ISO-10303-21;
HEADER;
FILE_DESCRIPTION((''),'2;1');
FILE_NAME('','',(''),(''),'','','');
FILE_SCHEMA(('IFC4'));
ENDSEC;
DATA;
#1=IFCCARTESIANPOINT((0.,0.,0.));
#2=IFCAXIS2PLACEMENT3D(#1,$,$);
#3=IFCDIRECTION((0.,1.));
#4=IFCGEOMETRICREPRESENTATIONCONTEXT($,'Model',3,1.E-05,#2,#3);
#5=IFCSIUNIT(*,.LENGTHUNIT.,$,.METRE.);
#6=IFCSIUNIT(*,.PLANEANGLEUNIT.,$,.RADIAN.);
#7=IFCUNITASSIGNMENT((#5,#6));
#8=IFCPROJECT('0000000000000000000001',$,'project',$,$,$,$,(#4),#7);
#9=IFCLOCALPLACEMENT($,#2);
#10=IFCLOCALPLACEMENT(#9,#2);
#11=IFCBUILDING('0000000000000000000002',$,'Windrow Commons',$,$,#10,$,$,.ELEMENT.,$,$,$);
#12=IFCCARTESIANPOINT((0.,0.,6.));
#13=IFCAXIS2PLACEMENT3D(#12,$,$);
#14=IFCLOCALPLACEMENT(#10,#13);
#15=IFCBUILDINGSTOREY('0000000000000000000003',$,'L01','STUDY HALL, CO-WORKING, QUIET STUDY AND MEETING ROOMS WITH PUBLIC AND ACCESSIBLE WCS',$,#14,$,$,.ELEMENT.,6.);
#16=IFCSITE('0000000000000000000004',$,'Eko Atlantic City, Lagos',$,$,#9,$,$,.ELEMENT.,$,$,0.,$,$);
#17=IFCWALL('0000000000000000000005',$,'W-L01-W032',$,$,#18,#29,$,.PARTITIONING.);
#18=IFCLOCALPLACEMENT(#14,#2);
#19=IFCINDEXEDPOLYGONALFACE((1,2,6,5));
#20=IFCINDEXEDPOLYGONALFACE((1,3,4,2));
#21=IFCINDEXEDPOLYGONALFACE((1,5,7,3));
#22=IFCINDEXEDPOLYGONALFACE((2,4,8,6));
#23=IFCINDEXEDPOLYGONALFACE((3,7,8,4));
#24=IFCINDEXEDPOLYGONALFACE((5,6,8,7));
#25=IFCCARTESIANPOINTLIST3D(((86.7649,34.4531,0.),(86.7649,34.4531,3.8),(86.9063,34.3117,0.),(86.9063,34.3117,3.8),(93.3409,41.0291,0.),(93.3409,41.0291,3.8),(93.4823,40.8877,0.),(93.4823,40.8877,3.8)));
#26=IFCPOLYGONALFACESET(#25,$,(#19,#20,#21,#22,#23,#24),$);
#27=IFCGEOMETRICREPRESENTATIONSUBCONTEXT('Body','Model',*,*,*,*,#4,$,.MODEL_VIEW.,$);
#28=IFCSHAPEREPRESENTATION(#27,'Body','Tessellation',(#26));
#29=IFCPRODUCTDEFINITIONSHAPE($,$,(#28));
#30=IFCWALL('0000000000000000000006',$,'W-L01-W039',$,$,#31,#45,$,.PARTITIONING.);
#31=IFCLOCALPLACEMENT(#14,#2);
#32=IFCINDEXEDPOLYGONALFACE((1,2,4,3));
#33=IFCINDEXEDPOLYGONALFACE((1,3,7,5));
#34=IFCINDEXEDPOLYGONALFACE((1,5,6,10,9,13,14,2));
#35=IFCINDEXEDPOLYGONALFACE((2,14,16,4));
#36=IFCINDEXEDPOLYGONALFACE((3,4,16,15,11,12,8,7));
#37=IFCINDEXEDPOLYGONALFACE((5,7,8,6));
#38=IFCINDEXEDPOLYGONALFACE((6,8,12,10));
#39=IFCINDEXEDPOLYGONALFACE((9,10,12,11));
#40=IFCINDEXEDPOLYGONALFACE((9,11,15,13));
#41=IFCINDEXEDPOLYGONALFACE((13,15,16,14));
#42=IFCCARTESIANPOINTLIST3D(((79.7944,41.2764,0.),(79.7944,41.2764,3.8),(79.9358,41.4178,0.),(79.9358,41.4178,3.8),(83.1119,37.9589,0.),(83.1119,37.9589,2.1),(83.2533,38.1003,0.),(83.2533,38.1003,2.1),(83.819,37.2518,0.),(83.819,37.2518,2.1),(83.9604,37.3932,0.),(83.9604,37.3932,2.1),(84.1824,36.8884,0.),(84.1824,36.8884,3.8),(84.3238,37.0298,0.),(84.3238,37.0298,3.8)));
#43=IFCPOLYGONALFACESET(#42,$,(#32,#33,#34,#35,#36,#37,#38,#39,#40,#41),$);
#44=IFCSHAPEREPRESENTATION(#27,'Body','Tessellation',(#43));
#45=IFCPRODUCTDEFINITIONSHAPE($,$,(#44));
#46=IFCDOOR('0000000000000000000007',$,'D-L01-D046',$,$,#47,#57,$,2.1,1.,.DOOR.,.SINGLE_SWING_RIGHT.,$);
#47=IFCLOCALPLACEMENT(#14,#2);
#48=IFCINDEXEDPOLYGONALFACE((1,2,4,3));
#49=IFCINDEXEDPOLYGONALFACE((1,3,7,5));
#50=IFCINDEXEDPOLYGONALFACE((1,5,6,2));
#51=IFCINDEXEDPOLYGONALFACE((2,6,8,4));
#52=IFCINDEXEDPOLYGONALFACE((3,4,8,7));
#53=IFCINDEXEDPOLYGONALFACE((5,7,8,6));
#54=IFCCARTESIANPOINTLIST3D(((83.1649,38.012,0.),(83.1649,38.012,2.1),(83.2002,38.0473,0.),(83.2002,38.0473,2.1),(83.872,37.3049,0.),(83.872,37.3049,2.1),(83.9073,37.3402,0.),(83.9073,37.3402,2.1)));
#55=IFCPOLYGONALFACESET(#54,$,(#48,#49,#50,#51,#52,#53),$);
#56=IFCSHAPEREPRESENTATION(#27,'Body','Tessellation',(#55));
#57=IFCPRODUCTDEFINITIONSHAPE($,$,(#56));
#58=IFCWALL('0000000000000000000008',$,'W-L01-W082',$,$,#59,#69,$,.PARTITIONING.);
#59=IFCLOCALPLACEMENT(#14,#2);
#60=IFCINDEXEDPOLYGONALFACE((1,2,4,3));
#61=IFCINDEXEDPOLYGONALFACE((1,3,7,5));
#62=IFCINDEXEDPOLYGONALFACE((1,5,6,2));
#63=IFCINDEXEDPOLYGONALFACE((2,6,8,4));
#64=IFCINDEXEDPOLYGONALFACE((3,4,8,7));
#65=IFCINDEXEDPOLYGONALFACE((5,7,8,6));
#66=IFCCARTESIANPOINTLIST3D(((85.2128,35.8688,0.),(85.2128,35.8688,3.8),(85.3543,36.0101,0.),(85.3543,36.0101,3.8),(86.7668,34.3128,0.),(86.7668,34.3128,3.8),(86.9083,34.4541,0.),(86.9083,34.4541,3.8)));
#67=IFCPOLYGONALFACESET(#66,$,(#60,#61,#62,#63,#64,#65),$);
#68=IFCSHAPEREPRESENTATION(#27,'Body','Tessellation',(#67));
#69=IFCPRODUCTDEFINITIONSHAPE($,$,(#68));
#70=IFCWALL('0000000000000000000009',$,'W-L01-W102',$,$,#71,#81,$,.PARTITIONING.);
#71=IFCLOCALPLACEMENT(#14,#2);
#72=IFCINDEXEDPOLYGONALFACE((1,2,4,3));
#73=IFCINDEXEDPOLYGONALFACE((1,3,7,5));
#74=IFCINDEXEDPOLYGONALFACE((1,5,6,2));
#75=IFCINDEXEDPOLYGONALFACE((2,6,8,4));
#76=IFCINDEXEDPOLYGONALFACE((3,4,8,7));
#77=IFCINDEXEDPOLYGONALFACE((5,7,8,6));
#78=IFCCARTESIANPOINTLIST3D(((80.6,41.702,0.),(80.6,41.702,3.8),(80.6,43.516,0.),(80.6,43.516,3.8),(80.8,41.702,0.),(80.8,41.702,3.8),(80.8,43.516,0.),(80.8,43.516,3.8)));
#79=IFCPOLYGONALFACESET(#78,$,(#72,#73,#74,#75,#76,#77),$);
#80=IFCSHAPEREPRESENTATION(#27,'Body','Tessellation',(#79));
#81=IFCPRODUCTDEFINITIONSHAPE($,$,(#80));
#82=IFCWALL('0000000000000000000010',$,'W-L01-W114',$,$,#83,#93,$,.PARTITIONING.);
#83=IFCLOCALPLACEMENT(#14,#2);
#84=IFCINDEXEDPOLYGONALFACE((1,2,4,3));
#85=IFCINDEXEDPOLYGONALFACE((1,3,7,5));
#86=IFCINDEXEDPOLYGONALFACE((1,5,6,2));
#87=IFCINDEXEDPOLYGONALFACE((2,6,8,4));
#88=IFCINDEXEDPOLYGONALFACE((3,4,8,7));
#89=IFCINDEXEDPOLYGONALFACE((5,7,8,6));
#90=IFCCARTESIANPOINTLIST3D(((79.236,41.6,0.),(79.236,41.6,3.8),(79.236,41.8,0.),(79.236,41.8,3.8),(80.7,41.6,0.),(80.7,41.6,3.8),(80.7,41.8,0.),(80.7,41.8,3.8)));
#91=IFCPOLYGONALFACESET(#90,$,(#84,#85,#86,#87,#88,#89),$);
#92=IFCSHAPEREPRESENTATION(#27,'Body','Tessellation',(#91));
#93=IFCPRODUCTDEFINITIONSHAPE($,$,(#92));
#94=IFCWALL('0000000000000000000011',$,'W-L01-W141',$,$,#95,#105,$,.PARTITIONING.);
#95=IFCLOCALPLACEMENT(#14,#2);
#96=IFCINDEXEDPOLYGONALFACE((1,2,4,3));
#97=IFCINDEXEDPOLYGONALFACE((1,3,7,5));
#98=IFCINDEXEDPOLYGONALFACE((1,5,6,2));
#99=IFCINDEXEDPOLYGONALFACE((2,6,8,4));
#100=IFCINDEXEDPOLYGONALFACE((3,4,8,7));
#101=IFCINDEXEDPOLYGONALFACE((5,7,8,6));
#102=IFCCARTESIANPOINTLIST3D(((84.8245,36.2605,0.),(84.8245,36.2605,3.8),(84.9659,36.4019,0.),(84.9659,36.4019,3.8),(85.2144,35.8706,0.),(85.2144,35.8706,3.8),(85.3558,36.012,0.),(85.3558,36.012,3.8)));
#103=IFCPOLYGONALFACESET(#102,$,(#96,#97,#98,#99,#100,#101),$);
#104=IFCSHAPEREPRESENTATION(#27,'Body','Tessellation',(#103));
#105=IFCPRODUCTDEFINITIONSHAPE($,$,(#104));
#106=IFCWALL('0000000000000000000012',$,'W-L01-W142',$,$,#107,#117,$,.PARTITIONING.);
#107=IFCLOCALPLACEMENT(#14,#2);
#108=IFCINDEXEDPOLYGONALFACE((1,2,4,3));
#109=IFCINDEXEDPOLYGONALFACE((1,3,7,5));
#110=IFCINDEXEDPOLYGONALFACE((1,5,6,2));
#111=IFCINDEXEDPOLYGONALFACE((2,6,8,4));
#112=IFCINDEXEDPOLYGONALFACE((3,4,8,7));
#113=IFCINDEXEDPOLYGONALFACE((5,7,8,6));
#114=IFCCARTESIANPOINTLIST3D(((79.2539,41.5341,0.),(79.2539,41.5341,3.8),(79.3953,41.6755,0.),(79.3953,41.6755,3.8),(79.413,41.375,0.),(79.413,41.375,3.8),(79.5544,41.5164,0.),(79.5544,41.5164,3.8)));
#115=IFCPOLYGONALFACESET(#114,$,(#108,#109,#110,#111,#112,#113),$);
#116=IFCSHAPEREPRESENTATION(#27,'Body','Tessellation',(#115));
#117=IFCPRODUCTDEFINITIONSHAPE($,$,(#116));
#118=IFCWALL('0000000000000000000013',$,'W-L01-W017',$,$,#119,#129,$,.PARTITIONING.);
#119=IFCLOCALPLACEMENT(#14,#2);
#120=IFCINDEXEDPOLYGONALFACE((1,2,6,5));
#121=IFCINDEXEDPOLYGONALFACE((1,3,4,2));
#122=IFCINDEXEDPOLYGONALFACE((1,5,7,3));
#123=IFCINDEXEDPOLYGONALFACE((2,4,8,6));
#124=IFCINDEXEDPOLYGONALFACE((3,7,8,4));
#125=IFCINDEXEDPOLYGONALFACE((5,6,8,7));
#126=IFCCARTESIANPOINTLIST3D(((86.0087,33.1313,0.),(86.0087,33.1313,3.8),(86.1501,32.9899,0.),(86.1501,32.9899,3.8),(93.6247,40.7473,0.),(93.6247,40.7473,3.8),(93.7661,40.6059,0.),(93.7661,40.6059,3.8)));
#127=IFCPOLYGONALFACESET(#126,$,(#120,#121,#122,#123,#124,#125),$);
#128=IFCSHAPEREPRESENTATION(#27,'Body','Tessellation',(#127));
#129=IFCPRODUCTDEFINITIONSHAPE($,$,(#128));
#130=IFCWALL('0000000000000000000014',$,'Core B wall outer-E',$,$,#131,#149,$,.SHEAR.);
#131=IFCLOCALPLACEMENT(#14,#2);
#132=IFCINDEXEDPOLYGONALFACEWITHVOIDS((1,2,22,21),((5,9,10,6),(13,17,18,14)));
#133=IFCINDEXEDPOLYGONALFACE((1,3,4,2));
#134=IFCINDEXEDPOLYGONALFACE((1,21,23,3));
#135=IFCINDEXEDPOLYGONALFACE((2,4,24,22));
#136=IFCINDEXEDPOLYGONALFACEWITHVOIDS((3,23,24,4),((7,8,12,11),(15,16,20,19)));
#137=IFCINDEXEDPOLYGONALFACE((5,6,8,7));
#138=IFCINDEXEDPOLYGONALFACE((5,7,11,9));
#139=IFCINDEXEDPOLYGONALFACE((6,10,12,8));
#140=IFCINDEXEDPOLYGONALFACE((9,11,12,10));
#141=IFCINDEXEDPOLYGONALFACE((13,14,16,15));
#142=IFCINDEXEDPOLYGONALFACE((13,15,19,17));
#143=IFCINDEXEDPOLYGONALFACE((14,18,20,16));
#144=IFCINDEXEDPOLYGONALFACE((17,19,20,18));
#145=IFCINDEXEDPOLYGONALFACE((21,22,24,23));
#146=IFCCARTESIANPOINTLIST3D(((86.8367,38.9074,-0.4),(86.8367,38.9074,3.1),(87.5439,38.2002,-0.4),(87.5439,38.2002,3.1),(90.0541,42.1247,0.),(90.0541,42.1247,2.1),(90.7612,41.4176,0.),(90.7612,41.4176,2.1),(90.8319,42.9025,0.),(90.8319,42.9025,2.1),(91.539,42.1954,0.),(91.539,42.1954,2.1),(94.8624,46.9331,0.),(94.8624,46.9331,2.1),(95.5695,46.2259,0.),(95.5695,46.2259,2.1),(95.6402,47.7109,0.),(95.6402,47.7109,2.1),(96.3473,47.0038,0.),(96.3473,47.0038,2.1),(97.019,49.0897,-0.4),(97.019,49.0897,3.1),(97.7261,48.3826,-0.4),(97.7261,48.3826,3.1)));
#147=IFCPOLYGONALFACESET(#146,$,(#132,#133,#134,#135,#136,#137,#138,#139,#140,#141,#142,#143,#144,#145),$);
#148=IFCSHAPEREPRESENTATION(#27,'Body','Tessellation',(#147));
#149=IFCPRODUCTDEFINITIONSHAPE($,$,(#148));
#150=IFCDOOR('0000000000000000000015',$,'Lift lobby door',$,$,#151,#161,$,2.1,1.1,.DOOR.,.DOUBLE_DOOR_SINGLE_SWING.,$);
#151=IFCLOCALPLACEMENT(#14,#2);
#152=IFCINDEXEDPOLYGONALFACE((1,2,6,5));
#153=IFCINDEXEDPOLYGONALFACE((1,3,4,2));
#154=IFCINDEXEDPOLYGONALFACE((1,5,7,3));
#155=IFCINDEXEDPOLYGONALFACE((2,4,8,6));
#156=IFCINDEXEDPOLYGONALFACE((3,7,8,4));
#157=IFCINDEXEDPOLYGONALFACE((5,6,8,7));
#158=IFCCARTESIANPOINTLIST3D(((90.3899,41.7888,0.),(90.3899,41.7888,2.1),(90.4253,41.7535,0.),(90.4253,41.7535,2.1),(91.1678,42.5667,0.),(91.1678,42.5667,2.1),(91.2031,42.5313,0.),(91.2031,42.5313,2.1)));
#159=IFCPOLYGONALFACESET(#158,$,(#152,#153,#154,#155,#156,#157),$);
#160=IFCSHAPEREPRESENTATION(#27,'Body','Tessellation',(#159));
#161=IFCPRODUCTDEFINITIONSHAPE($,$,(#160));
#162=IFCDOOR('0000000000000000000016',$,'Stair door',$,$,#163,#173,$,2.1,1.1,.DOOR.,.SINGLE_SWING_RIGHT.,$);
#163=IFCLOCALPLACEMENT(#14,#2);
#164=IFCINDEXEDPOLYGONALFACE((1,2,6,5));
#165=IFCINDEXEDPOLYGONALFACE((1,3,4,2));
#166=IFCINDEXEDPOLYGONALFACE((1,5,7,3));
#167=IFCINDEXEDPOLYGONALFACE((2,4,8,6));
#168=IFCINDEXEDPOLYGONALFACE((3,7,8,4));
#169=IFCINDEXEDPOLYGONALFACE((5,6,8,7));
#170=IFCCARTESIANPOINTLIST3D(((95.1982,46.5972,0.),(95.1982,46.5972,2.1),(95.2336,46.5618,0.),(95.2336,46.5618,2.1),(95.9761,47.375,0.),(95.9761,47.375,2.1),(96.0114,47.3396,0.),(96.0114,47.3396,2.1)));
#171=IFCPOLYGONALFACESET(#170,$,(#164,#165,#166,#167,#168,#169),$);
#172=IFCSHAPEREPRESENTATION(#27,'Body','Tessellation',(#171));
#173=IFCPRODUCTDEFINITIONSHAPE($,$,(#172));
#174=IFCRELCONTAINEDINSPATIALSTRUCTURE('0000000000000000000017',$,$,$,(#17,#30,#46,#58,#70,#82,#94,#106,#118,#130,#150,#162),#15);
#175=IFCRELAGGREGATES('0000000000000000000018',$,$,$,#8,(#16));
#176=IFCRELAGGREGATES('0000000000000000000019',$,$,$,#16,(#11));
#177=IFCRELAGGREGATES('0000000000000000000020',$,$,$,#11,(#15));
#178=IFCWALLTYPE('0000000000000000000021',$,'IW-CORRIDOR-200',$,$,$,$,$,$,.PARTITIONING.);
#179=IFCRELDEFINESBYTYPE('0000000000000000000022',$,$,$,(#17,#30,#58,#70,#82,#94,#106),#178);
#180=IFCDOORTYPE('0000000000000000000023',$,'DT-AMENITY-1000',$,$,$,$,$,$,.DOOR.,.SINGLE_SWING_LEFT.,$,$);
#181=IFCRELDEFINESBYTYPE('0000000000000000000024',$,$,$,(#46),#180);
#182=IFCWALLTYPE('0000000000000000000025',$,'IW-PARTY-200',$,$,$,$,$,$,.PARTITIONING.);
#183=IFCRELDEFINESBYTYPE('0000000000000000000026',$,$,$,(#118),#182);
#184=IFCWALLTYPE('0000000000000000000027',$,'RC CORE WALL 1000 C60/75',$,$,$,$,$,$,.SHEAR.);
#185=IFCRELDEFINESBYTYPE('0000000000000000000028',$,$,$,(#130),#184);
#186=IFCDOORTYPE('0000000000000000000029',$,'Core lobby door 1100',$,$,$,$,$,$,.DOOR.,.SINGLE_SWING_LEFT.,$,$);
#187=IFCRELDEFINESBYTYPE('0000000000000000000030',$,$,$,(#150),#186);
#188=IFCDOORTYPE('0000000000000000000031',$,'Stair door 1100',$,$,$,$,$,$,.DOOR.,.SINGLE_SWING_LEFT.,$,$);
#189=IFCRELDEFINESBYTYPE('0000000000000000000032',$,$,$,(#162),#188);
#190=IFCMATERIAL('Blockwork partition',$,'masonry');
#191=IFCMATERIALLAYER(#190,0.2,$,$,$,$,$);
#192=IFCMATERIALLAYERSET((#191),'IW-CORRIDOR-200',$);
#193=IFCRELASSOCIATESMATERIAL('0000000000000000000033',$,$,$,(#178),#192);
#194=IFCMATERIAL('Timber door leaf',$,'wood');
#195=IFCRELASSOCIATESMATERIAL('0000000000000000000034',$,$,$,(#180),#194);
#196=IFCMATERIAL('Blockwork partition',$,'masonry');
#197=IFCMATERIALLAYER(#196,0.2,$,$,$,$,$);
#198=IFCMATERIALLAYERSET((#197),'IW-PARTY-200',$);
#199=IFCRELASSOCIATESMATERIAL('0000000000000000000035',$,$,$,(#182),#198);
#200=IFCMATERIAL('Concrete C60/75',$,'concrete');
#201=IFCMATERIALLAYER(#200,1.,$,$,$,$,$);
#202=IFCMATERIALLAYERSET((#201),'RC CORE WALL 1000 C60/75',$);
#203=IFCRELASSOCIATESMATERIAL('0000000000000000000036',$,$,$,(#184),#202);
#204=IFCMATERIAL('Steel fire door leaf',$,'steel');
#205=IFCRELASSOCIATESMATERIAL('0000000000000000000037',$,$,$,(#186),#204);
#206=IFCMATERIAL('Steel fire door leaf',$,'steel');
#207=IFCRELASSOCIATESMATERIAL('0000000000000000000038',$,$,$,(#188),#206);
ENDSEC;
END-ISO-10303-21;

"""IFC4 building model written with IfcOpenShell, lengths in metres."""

from ifc_helpers import new_model, si_unit, direction, frame, frame_2d, origin, place, context, subcontext, project, spatial, rectangle, extrude, material, layer, layer_set, type_object, element, fill, save


model = new_model("IFC4")

# Units and contexts
model_context = context("Model", 3, precision=1e-05, world=origin(), true_north=direction((0.0, 1.0)))
body_context = subcontext(model_context, "Body", "Model", "MODEL_VIEW")
ifc_project = project(units=[si_unit("LENGTHUNIT", "METRE"), si_unit("PLANEANGLEUNIT", "RADIAN")], contexts=[model_context])

# Site, building, storey
site_placement = place(None, origin())
site = spatial("IfcSite", under=ifc_project, at=site_placement, Name="Eko Atlantic City, Lagos", CompositionType="ELEMENT", RefElevation=0.0)
building_placement = place(site_placement, origin())
building = spatial("IfcBuilding", under=site, at=building_placement, Name="Windrow Commons", CompositionType="ELEMENT")
storey_placement = place(building_placement, frame((0.0, 0.0, 6.0)))
storey = spatial("IfcBuildingStorey", under=building, at=storey_placement, Name="L01", Description="STUDY HALL, CO-WORKING, QUIET STUDY AND MEETING ROOMS WITH PUBLIC AND ACCESSIBLE WCS", CompositionType="ELEMENT", Elevation=6.0)

# Wall
ifc_material_1 = material(Name="Blockwork partition", Category="masonry")
ifc_layer_1 = layer(ifc_material_1, 0.2)
ifc_layer_set_1 = layer_set([ifc_layer_1], Name="IW-CORRIDOR-200")
wall_type_1 = type_object("IfcWallType", Name="IW-CORRIDOR-200", PredefinedType="PARTITIONING", material=ifc_layer_set_1)
wall_1_placement = place(storey_placement, frame((86.8356, 34.3824, 0.0), z_axis=(0.0, 0.0, 1.0), x_axis=(0.707107, 0.707107, 0.0)))
element("IfcWall", 1, at=wall_1_placement, inside=storey, type_object=wall_type_1, Name="W-L01-W032", PredefinedType="PARTITIONING", context=body_context, shape_type="SweptSolid", body=[
    extrude(rectangle(XDim=9.2999, YDim=0.2, at=frame_2d((4.6499, 0.0))), origin(), (0.0, 0.0, 1.0), 3.8),
])

# Wall, opening, door
wall_2_placement = place(storey_placement, frame((79.8651, 41.3471, 0.0), z_axis=(0.0, 0.0, 1.0), x_axis=(0.707107, -0.707107, 0.0)))
wall_2 = element("IfcWall", 2, at=wall_2_placement, inside=storey, type_object=wall_type_1, Name="W-L01-W039", PredefinedType="PARTITIONING", context=body_context, shape_type="SweptSolid", body=[
    extrude(rectangle(XDim=6.2056, YDim=0.2, at=frame_2d((3.1028, 0.0))), origin(), (0.0, 0.0, 1.0), 3.8),
])
opening_1_placement = place(wall_2_placement, frame((4.6916, 0.0, 0.0)))
opening_1 = element("IfcOpeningElement", 3, at=opening_1_placement, cuts=wall_2, PredefinedType="OPENING", context=body_context, shape_type="SweptSolid", body=[
    extrude(rectangle(XDim=1.0, YDim=2.1, at=frame_2d((0.5, 1.05))), frame((0.0, 0.11, 0.0), z_axis=(0.0, -1.0, 0.0), x_axis=(1.0, 0.0, 0.0)), (0.0, 0.0, 1.0), 0.22),
])
ifc_material_2 = material(Name="Timber door leaf", Category="wood")
door_type_1 = type_object("IfcDoorType", Name="DT-AMENITY-1000", OperationType="SINGLE_SWING_LEFT", PredefinedType="DOOR", material=ifc_material_2)
door_1_placement = place(opening_1_placement, origin())
door_1 = element("IfcDoor", 4, at=door_1_placement, inside=storey, type_object=door_type_1, Name="D-L01-D046", OperationType="SINGLE_SWING_RIGHT", OverallHeight=2.1, OverallWidth=1.0, PredefinedType="DOOR", context=body_context, shape_type="SweptSolid", body=[
    extrude(rectangle(XDim=1.0, YDim=2.1, at=frame_2d((0.5, 1.05))), frame((0.0, 0.025, 0.0), z_axis=(0.0, -1.0, 0.0), x_axis=(1.0, 0.0, 0.0)), (0.0, 0.0, 1.0), 0.05),
])
fill(opening_1, door_1)

# Walls
wall_3_placement = place(storey_placement, frame((85.2835, 35.9395, 0.0), z_axis=(0.0, 0.0, 1.0), x_axis=(0.706652, -0.707561, 0.0)))
element("IfcWall", 5, at=wall_3_placement, inside=storey, type_object=wall_type_1, Name="W-L01-W082", PredefinedType="PARTITIONING", context=body_context, shape_type="SweptSolid", body=[
    extrude(rectangle(XDim=2.1991, YDim=0.2, at=frame_2d((1.0996, 0.0))), origin(), (0.0, 0.0, 1.0), 3.8),
])
wall_4_placement = place(storey_placement, frame((80.7, 41.702, 0.0), z_axis=(0.0, 0.0, 1.0), x_axis=(0.0, 1.0, 0.0)))
element("IfcWall", 6, at=wall_4_placement, inside=storey, type_object=wall_type_1, Name="W-L01-W102", PredefinedType="PARTITIONING", context=body_context, shape_type="SweptSolid", body=[
    extrude(rectangle(XDim=1.814, YDim=0.2, at=frame_2d((0.907, 0.0))), origin(), (0.0, 0.0, 1.0), 3.8),
])
wall_5_placement = place(storey_placement, frame((79.236, 41.7, 0.0), z_axis=(0.0, 0.0, 1.0), x_axis=(1.0, 0.0, 0.0)))
element("IfcWall", 7, at=wall_5_placement, inside=storey, type_object=wall_type_1, Name="W-L01-W114", PredefinedType="PARTITIONING", context=body_context, shape_type="SweptSolid", body=[
    extrude(rectangle(XDim=1.464, YDim=0.2, at=frame_2d((0.732, 0.0))), origin(), (0.0, 0.0, 1.0), 3.8),
])
wall_6_placement = place(storey_placement, frame((84.8952, 36.3312, 0.0), z_axis=(0.0, 0.0, 1.0), x_axis=(0.707107, -0.707107, 0.0)))
element("IfcWall", 8, at=wall_6_placement, inside=storey, type_object=wall_type_1, Name="W-L01-W141", PredefinedType="PARTITIONING", context=body_context, shape_type="SweptSolid", body=[
    extrude(rectangle(XDim=0.5515, YDim=0.2, at=frame_2d((0.2757, 0.0))), origin(), (0.0, 0.0, 1.0), 3.8),
])
wall_7_placement = place(storey_placement, frame((79.3246, 41.6048, 0.0), z_axis=(0.0, 0.0, 1.0), x_axis=(0.707107, -0.707107, 0.0)))
element("IfcWall", 9, at=wall_7_placement, inside=storey, type_object=wall_type_1, Name="W-L01-W142", PredefinedType="PARTITIONING", context=body_context, shape_type="SweptSolid", body=[
    extrude(rectangle(XDim=0.225, YDim=0.2, at=frame_2d((0.1125, 0.0))), origin(), (0.0, 0.0, 1.0), 3.8),
])
ifc_material_3 = material(Name="Blockwork partition", Category="masonry")
ifc_layer_2 = layer(ifc_material_3, 0.2)
ifc_layer_set_2 = layer_set([ifc_layer_2], Name="IW-PARTY-200")
wall_type_2 = type_object("IfcWallType", Name="IW-PARTY-200", PredefinedType="PARTITIONING", material=ifc_layer_set_2)
wall_8_placement = place(storey_placement, frame((86.0794, 33.0606, 0.0), z_axis=(0.0, 0.0, 1.0), x_axis=(0.707107, 0.707107, 0.0)))
element("IfcWall", 10, at=wall_8_placement, inside=storey, type_object=wall_type_2, Name="W-L01-W017", PredefinedType="PARTITIONING", context=body_context, shape_type="SweptSolid", body=[
    extrude(rectangle(XDim=10.7707, YDim=0.2, at=frame_2d((5.3853, 0.0))), origin(), (0.0, 0.0, 1.0), 3.8),
])

# Wall, openings, doors
ifc_material_4 = material(Name="Concrete C60/75", Category="concrete")
ifc_layer_3 = layer(ifc_material_4, 1.0)
ifc_layer_set_3 = layer_set([ifc_layer_3], Name="RC CORE WALL 1000 C60/75")
wall_type_3 = type_object("IfcWallType", Name="RC CORE WALL 1000 C60/75", PredefinedType="SHEAR", material=ifc_layer_set_3)
wall_9_placement = place(storey_placement, frame((87.1903, 38.5538, -0.4), z_axis=(0.0, 0.0, 1.0), x_axis=(0.707103, 0.70711, 0.0)))
wall_9 = element("IfcWall", 11, at=wall_9_placement, inside=storey, type_object=wall_type_3, Name="Core B wall outer-E", PredefinedType="SHEAR", context=body_context, shape_type="SweptSolid", body=[
    extrude(rectangle(XDim=14.4, YDim=1.0, at=frame_2d((7.2, 0.0))), origin(), (0.0, 0.0, 1.0), 3.5),
])
opening_2_placement = place(wall_9_placement, frame((4.55, 0.0, 0.4)))
opening_2 = element("IfcOpeningElement", 12, at=opening_2_placement, cuts=wall_9, PredefinedType="OPENING", context=body_context, shape_type="SweptSolid", body=[
    extrude(rectangle(XDim=1.1, YDim=2.1, at=frame_2d((0.55, 1.05))), frame((0.0, 0.51, 0.0), z_axis=(0.0, -1.0, 0.0), x_axis=(1.0, 0.0, 0.0)), (0.0, 0.0, 1.0), 1.02),
])
opening_3_placement = place(wall_9_placement, frame((11.35, 0.0, 0.4)))
opening_3 = element("IfcOpeningElement", 13, at=opening_3_placement, cuts=wall_9, PredefinedType="OPENING", context=body_context, shape_type="SweptSolid", body=[
    extrude(rectangle(XDim=1.1, YDim=2.1, at=frame_2d((0.55, 1.05))), frame((0.0, 0.51, 0.0), z_axis=(0.0, -1.0, 0.0), x_axis=(1.0, 0.0, 0.0)), (0.0, 0.0, 1.0), 1.02),
])
ifc_material_5 = material(Name="Steel fire door leaf", Category="steel")
door_type_2 = type_object("IfcDoorType", Name="Core lobby door 1100", OperationType="SINGLE_SWING_LEFT", PredefinedType="DOOR", material=ifc_material_5)
door_2_placement = place(opening_2_placement, origin())
door_2 = element("IfcDoor", 14, at=door_2_placement, inside=storey, type_object=door_type_2, Name="Lift lobby door", OperationType="DOUBLE_DOOR_SINGLE_SWING", OverallHeight=2.1, OverallWidth=1.1, PredefinedType="DOOR", context=body_context, shape_type="SweptSolid", body=[
    extrude(rectangle(XDim=1.1, YDim=2.1, at=frame_2d((0.55, 1.05))), frame((0.0, 0.025, 0.0), z_axis=(0.0, -1.0, 0.0), x_axis=(1.0, 0.0, 0.0)), (0.0, 0.0, 1.0), 0.05),
])
fill(opening_2, door_2)
ifc_material_6 = material(Name="Steel fire door leaf", Category="steel")
door_type_3 = type_object("IfcDoorType", Name="Stair door 1100", OperationType="SINGLE_SWING_LEFT", PredefinedType="DOOR", material=ifc_material_6)
door_3_placement = place(opening_3_placement, origin())
door_3 = element("IfcDoor", 15, at=door_3_placement, inside=storey, type_object=door_type_3, Name="Stair door", OperationType="SINGLE_SWING_RIGHT", OverallHeight=2.1, OverallWidth=1.1, PredefinedType="DOOR", context=body_context, shape_type="SweptSolid", body=[
    extrude(rectangle(XDim=1.1, YDim=2.1, at=frame_2d((0.55, 1.05))), frame((0.0, 0.025, 0.0), z_axis=(0.0, -1.0, 0.0), x_axis=(1.0, 0.0, 0.0)), (0.0, 0.0, 1.0), 0.05),
])
fill(opening_3, door_3)

save(model, "model.ifc")
